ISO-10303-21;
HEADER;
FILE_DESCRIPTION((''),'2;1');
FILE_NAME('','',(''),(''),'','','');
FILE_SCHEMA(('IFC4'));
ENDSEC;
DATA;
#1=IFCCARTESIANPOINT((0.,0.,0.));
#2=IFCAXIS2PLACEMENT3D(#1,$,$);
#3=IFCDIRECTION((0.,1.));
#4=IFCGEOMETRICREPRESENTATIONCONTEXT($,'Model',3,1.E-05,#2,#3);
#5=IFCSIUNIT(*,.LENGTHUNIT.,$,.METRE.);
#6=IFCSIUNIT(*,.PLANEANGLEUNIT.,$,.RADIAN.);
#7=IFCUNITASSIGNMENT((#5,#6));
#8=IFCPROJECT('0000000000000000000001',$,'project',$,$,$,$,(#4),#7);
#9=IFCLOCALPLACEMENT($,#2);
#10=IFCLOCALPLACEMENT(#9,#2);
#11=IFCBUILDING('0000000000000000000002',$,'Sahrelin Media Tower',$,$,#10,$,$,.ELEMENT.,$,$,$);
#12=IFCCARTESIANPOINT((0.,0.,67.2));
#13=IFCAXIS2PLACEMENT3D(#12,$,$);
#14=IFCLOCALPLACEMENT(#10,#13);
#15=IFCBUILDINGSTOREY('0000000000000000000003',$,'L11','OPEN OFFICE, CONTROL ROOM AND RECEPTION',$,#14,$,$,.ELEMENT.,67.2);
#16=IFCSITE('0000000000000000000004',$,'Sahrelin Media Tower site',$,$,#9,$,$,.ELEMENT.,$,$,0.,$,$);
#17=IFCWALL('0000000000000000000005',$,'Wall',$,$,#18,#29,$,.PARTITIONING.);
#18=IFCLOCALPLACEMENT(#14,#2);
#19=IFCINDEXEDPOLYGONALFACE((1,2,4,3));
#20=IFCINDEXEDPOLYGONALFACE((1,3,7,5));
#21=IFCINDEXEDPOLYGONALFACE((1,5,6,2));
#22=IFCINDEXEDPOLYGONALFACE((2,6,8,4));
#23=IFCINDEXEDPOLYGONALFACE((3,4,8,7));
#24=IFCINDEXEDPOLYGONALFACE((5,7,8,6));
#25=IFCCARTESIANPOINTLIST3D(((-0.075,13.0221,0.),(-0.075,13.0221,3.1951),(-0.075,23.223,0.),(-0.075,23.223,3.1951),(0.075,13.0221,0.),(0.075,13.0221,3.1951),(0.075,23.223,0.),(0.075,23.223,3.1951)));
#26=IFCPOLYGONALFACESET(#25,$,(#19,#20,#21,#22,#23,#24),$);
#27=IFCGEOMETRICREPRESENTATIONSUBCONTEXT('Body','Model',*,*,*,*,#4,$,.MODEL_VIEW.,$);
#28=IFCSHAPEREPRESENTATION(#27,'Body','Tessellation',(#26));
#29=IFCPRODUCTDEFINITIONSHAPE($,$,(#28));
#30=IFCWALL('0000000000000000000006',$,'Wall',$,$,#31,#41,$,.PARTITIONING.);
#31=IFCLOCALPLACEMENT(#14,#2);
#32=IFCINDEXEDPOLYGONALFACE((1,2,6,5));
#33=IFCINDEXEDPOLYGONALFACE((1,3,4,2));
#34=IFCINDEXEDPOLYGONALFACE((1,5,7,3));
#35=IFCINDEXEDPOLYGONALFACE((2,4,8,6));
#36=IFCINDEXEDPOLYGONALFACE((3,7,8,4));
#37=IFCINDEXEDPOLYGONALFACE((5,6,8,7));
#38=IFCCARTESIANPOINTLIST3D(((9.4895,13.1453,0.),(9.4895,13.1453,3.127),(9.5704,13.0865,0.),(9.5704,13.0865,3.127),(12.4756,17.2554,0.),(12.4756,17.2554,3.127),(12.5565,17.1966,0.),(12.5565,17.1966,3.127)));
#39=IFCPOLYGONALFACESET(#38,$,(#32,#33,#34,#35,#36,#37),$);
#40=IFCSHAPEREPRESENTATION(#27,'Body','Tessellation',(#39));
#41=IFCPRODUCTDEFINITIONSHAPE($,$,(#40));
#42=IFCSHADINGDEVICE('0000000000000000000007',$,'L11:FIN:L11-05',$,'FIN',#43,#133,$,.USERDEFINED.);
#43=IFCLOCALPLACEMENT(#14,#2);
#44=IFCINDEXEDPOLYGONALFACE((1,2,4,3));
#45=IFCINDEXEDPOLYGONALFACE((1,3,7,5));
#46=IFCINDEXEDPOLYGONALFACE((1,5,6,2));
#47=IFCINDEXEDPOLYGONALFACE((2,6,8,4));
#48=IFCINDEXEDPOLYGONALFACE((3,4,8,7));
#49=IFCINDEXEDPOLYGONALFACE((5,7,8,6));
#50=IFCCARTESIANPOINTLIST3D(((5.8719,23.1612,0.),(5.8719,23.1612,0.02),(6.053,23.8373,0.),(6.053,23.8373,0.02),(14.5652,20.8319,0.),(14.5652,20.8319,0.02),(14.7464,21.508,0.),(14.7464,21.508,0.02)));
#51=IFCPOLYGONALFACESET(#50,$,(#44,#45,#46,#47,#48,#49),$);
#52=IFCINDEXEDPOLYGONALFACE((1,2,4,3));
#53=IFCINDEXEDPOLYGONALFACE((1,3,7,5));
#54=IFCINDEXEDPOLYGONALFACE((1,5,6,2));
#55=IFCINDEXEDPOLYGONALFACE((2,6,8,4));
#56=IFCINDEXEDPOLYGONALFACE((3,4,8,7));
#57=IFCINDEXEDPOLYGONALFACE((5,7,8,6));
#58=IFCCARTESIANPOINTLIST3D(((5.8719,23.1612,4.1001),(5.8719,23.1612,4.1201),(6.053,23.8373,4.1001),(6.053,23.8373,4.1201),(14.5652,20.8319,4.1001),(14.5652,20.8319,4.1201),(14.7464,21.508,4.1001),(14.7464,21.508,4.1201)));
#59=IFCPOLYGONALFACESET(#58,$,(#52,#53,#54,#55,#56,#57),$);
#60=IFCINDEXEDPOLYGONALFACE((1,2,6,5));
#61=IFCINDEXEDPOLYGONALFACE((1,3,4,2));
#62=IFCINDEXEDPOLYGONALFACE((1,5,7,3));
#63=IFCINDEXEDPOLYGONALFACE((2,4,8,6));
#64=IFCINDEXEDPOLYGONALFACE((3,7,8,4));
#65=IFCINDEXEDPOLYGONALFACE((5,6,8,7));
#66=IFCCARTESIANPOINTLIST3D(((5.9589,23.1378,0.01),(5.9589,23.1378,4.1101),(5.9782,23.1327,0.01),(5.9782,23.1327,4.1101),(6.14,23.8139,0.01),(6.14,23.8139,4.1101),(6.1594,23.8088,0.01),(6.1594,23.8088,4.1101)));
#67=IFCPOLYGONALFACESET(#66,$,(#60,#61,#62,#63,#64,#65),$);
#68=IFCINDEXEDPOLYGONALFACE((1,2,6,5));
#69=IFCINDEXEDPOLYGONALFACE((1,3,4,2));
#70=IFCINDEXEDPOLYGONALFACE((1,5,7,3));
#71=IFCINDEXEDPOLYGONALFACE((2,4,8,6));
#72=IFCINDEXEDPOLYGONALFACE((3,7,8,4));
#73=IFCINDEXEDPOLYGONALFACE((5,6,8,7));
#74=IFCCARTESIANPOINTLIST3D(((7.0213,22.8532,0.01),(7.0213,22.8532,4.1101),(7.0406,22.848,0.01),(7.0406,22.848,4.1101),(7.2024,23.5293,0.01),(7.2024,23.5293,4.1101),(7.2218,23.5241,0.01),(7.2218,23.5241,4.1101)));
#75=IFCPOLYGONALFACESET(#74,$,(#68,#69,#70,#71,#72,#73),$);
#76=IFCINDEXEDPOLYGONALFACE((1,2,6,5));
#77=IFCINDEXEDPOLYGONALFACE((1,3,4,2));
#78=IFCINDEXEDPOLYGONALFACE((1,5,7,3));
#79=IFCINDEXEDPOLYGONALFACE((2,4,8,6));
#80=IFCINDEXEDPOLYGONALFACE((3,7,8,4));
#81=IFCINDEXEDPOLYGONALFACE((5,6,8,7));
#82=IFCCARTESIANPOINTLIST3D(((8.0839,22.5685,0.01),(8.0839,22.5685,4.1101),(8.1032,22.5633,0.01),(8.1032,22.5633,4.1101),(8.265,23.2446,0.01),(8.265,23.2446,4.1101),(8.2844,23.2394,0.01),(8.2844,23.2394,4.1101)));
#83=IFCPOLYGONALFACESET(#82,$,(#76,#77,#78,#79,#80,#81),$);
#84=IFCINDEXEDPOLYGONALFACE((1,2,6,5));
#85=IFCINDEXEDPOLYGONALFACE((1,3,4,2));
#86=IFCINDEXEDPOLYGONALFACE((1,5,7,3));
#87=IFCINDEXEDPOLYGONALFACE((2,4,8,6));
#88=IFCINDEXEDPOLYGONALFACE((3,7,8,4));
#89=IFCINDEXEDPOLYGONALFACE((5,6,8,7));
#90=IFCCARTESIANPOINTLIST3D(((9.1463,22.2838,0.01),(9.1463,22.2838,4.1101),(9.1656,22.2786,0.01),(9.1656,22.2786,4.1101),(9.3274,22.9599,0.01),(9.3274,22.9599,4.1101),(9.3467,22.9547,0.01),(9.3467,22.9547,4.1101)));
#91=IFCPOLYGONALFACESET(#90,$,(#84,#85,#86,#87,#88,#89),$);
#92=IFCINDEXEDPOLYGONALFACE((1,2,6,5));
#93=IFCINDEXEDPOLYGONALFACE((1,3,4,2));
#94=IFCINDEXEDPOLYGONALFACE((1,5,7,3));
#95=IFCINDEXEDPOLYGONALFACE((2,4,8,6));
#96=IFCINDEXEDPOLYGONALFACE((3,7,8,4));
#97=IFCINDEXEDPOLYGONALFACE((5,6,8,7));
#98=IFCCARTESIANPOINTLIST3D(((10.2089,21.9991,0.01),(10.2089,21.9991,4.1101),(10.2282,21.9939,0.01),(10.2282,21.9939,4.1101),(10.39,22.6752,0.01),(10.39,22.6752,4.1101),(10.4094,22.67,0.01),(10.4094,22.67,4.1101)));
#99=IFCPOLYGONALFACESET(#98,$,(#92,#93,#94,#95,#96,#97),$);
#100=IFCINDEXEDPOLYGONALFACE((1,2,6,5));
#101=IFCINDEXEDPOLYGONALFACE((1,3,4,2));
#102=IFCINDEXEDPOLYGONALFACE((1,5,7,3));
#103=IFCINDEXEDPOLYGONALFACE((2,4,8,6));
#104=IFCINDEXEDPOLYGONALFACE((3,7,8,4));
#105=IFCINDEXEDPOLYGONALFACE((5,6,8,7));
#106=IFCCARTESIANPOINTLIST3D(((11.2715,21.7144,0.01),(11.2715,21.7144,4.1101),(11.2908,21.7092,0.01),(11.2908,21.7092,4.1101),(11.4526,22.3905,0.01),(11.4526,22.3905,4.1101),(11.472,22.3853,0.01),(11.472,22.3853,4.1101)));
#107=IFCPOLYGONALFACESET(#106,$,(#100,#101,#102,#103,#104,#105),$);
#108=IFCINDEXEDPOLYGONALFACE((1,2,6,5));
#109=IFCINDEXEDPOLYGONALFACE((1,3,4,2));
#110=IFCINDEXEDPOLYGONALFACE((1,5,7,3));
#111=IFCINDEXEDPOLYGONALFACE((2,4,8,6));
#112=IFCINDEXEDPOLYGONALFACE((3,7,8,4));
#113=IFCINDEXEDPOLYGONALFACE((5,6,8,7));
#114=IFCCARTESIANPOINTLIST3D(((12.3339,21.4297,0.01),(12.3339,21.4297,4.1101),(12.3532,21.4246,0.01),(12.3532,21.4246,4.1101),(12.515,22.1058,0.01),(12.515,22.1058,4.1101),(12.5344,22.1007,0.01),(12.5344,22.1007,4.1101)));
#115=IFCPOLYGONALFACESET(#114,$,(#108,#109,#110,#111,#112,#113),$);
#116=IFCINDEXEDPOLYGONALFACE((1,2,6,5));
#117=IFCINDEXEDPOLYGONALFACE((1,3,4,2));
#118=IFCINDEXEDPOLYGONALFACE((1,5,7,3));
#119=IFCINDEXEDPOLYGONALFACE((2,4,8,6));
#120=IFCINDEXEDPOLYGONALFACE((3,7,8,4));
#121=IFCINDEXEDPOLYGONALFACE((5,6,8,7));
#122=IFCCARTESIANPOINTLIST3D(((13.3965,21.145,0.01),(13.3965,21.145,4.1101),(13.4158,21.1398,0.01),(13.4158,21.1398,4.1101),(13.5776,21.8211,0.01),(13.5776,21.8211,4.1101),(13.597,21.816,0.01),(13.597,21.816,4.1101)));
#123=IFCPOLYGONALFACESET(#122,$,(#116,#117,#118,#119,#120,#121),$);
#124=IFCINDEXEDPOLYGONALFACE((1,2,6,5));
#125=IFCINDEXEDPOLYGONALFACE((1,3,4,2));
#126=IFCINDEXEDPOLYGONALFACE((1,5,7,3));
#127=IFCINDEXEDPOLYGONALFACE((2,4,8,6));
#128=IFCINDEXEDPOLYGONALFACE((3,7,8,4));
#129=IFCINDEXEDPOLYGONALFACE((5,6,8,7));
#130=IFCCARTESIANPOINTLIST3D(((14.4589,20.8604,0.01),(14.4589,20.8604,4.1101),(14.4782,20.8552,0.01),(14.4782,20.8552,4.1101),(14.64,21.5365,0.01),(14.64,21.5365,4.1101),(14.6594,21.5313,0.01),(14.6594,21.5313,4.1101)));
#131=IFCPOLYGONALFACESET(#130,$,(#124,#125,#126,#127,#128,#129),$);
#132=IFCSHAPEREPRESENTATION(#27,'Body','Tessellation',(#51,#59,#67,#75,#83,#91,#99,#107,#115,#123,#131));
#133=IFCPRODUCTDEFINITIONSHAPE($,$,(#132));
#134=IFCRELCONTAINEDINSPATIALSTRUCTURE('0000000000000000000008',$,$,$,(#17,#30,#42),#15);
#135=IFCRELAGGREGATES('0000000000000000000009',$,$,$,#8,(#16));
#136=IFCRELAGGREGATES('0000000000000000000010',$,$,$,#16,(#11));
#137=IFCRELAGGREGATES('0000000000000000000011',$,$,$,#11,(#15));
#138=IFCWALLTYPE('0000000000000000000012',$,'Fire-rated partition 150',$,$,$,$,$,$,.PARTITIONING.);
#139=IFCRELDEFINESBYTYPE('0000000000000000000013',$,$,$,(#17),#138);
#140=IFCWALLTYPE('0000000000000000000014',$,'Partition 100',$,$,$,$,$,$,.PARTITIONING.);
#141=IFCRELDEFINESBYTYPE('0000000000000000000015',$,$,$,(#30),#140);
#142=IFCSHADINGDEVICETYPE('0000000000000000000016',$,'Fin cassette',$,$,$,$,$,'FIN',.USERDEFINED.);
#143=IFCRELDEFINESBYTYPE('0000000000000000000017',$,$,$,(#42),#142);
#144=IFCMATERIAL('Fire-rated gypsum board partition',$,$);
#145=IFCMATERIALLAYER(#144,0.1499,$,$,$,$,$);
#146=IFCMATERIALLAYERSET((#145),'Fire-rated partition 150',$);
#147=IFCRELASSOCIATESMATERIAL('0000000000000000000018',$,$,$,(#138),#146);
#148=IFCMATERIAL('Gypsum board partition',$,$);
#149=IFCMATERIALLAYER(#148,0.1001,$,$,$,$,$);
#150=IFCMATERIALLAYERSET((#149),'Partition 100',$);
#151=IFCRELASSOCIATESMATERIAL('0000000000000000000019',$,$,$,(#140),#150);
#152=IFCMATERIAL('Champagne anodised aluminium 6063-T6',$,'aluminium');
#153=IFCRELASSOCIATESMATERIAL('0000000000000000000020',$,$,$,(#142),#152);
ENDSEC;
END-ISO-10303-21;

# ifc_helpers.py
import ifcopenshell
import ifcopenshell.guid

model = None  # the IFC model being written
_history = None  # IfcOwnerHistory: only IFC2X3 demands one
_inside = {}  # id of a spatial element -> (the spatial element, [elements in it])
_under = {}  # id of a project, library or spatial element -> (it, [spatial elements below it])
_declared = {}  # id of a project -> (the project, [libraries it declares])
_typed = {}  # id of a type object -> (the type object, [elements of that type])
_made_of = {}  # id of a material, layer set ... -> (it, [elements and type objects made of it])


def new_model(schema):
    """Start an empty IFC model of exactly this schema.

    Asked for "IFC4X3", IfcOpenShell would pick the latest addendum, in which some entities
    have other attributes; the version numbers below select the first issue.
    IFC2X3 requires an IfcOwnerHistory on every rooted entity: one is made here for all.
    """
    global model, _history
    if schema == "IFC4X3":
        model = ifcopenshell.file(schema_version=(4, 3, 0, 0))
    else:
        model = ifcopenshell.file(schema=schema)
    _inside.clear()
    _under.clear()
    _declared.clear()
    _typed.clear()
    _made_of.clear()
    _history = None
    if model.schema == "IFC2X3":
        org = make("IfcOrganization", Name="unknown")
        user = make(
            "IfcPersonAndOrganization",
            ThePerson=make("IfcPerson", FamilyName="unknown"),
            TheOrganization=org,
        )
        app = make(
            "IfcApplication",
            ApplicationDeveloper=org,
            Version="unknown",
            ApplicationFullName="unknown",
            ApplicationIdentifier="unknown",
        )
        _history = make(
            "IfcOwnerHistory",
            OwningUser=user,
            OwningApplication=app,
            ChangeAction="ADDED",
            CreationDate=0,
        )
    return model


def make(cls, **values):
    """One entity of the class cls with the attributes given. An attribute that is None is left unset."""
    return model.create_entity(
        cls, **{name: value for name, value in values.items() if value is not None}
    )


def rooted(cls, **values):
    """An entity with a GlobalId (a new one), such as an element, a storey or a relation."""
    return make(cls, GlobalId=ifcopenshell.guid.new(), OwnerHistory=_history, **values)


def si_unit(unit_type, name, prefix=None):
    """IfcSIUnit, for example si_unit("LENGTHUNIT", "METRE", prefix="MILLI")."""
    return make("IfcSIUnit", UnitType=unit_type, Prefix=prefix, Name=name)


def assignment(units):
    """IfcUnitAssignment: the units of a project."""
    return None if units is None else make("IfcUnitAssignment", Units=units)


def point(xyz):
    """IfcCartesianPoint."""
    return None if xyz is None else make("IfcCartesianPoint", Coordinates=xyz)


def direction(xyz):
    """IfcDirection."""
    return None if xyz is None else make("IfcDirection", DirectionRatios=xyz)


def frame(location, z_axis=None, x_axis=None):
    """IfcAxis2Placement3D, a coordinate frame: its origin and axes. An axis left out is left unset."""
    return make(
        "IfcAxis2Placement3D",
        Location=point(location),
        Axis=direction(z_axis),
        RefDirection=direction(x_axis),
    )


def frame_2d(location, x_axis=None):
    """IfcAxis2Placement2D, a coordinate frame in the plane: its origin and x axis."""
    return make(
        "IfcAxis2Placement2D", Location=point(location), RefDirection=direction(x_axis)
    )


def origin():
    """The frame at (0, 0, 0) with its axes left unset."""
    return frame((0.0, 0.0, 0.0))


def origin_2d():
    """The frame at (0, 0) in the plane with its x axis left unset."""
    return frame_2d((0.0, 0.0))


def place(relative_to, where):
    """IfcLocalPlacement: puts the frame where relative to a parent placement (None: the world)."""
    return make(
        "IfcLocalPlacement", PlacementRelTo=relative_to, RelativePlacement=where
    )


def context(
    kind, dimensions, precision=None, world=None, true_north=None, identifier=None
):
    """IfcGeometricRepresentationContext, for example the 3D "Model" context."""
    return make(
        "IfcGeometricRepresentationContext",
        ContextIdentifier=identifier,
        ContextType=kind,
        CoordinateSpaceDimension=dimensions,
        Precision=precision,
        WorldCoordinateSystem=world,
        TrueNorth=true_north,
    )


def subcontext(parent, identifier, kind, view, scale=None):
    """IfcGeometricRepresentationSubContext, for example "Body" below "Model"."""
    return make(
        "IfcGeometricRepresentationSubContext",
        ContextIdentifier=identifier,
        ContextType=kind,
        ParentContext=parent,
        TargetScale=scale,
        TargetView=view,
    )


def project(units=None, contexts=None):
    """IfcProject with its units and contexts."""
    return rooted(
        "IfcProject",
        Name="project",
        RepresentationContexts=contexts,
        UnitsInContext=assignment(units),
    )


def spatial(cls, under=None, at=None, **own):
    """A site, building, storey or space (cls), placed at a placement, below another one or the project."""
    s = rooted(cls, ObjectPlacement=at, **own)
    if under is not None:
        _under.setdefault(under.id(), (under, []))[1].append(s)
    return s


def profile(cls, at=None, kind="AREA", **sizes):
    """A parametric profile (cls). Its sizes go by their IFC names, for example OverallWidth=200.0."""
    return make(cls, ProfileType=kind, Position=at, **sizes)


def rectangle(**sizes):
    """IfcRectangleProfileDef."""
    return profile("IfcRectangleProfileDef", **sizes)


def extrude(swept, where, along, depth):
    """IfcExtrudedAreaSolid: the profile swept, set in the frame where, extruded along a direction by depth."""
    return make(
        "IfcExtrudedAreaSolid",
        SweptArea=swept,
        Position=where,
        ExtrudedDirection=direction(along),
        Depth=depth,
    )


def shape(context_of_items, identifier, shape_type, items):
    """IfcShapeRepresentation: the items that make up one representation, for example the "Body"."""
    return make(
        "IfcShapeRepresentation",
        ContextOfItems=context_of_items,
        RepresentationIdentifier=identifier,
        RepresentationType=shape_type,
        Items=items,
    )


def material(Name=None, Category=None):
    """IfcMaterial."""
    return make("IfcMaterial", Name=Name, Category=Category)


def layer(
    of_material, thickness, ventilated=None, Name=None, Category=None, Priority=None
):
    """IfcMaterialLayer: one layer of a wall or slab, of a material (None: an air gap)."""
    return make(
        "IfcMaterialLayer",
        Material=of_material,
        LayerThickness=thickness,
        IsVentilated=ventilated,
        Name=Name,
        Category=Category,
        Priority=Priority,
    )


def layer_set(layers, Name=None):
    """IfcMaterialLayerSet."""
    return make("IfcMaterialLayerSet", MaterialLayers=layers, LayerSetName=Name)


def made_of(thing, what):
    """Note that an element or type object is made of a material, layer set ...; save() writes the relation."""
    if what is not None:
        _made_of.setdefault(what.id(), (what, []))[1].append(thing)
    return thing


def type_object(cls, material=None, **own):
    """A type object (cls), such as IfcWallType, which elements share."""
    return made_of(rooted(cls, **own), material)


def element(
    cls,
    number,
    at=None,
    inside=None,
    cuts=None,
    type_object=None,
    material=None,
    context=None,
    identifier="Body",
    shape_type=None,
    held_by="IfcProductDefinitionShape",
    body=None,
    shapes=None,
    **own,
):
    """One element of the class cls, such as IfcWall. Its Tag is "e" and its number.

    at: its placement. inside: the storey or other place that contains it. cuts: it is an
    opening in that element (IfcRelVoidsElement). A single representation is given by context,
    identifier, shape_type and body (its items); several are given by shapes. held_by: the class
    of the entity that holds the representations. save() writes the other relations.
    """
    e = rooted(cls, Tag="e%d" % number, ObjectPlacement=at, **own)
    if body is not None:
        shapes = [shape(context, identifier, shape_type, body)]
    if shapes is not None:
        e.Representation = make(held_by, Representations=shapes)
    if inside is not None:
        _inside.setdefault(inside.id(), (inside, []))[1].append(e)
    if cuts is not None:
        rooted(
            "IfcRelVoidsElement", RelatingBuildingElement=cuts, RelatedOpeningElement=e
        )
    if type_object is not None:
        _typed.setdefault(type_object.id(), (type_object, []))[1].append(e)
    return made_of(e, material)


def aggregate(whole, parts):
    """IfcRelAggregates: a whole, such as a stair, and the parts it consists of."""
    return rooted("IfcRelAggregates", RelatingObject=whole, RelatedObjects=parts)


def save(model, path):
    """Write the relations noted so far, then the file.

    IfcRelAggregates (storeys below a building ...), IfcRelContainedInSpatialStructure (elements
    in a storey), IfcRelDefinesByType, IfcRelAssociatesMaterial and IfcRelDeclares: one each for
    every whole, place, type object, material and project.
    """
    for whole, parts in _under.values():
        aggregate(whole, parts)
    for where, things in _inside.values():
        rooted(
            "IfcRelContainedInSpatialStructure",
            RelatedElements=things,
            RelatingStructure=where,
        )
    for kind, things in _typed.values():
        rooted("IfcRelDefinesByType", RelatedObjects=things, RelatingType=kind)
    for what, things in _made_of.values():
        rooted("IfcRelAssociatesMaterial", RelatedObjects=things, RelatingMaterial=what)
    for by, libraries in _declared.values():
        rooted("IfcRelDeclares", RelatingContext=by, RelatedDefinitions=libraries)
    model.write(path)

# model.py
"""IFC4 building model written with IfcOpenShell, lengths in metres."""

from ifc_helpers import new_model, si_unit, direction, frame, frame_2d, origin, origin_2d, place, context, subcontext, project, spatial, rectangle, extrude, material, layer, layer_set, type_object, element, save


model = new_model("IFC4")

# Units and contexts
model_context = context("Model", 3, precision=1e-05, world=origin(), true_north=direction((0.0, 1.0)))
body_context = subcontext(model_context, "Body", "Model", "MODEL_VIEW")
ifc_project = project(units=[si_unit("LENGTHUNIT", "METRE"), si_unit("PLANEANGLEUNIT", "RADIAN")], contexts=[model_context])

# Site, building, storey
site_placement = place(None, origin())
site = spatial("IfcSite", under=ifc_project, at=site_placement, Name="Sahrelin Media Tower site", CompositionType="ELEMENT", RefElevation=0.0)
building_placement = place(site_placement, origin())
building = spatial("IfcBuilding", under=site, at=building_placement, Name="Sahrelin Media Tower", CompositionType="ELEMENT")
storey_placement = place(building_placement, frame((0.0, 0.0, 67.2)))
storey = spatial("IfcBuildingStorey", under=building, at=storey_placement, Name="L11", Description="OPEN OFFICE, CONTROL ROOM AND RECEPTION", CompositionType="ELEMENT", Elevation=67.2)

# Shared definitions
ifc_material_1 = material(Name="Champagne anodised aluminium 6063-T6", Category="aluminium")

# Walls
ifc_material_2 = material(Name="Fire-rated gypsum board partition")
ifc_layer_1 = layer(ifc_material_2, 0.1499)
ifc_layer_set_1 = layer_set([ifc_layer_1], Name="Fire-rated partition 150")
wall_type_1 = type_object("IfcWallType", Name="Fire-rated partition 150", PredefinedType="PARTITIONING", material=ifc_layer_set_1)
wall_1_placement = place(storey_placement, frame((0.0, 13.022, 0.0), z_axis=(0.0, 0.0, 1.0), x_axis=(0.0, 1.0, 0.0)))
element("IfcWall", 1, at=wall_1_placement, inside=storey, type_object=wall_type_1, Name="Wall", PredefinedType="PARTITIONING", context=body_context, shape_type="SweptSolid", body=[
    extrude(rectangle(XDim=10.2009, YDim=0.1499, at=frame_2d((5.1006, 0.0))), origin(), (0.0, 0.0, 1.0), 3.1951),
])
ifc_material_3 = material(Name="Gypsum board partition")
ifc_layer_2 = layer(ifc_material_3, 0.1001)
ifc_layer_set_2 = layer_set([ifc_layer_2], Name="Partition 100")
wall_type_2 = type_object("IfcWallType", Name="Partition 100", PredefinedType="PARTITIONING", material=ifc_layer_set_2)
wall_2_placement = place(storey_placement, frame((9.53, 13.116, 0.0), z_axis=(0.0, 0.0, 1.0), x_axis=(0.587774, 0.809025, 0.0)))
element("IfcWall", 2, at=wall_2_placement, inside=storey, type_object=wall_type_2, Name="Wall", PredefinedType="PARTITIONING", context=body_context, shape_type="SweptSolid", body=[
    extrude(rectangle(XDim=5.0803, YDim=0.1001, at=frame_2d((2.54, 0.0))), origin(), (0.0, 0.0, 1.0), 3.127),
])

# Shading device
shading_device_type_1 = type_object("IfcShadingDeviceType", Name="Fin cassette", ElementType="FIN", PredefinedType="USERDEFINED", material=ifc_material_1)
placement_1 = place(storey_placement, frame((10.2004, 21.929, 0.0), z_axis=(0.0, 0.0, 1.0), x_axis=(0.965929, -0.258808, 0.0)))
element("IfcShadingDevice", 3, at=placement_1, inside=storey, type_object=shading_device_type_1, Name="L11:FIN:L11-05", ObjectType="FIN", PredefinedType="USERDEFINED", context=body_context, shape_type="SweptSolid", body=[
    extrude(rectangle(XDim=9.0, YDim=0.7, at=origin_2d()), frame((0.0, 0.4199, 0.0)), (0.0, 0.0, 1.0), 0.02),
    extrude(rectangle(XDim=9.0, YDim=0.7, at=origin_2d()), frame((0.0, 0.4199, 4.1001)), (0.0, 0.0, 1.0), 0.02),
    extrude(rectangle(XDim=0.02, YDim=0.7, at=origin_2d()), frame((-4.3999, 0.4199, 0.01), z_axis=(0.0, 0.0, 1.0), x_axis=(1.0, 0.0, 0.0)), (0.0, 0.0, 1.0), 4.1001),
    extrude(rectangle(XDim=0.02, YDim=0.7, at=origin_2d()), frame((-3.3, 0.4199, 0.01), z_axis=(0.0, 0.0, 1.0), x_axis=(1.0, 0.0, 0.0)), (0.0, 0.0, 1.0), 4.1001),
    extrude(rectangle(XDim=0.02, YDim=0.7, at=origin_2d()), frame((-2.2, 0.4199, 0.01), z_axis=(0.0, 0.0, 1.0), x_axis=(1.0, 0.0, 0.0)), (0.0, 0.0, 1.0), 4.1001),
    extrude(rectangle(XDim=0.02, YDim=0.7, at=origin_2d()), frame((-1.1001, 0.4199, 0.01), z_axis=(0.0, 0.0, 1.0), x_axis=(1.0, 0.0, 0.0)), (0.0, 0.0, 1.0), 4.1001),
    extrude(rectangle(XDim=0.02, YDim=0.7, at=origin_2d()), frame((0.0, 0.4199, 0.01), z_axis=(0.0, 0.0, 1.0), x_axis=(1.0, 0.0, 0.0)), (0.0, 0.0, 1.0), 4.1001),
    extrude(rectangle(XDim=0.02, YDim=0.7, at=origin_2d()), frame((1.1001, 0.4199, 0.01), z_axis=(0.0, 0.0, 1.0), x_axis=(1.0, 0.0, 0.0)), (0.0, 0.0, 1.0), 4.1001),
    extrude(rectangle(XDim=0.02, YDim=0.7, at=origin_2d()), frame((2.2, 0.4199, 0.01), z_axis=(0.0, 0.0, 1.0), x_axis=(1.0, 0.0, 0.0)), (0.0, 0.0, 1.0), 4.1001),
    extrude(rectangle(XDim=0.02, YDim=0.7, at=origin_2d()), frame((3.3, 0.4199, 0.01), z_axis=(0.0, 0.0, 1.0), x_axis=(1.0, 0.0, 0.0)), (0.0, 0.0, 1.0), 4.1001),
    extrude(rectangle(XDim=0.02, YDim=0.7, at=origin_2d()), frame((4.3999, 0.4199, 0.01), z_axis=(0.0, 0.0, 1.0), x_axis=(1.0, 0.0, 0.0)), (0.0, 0.0, 1.0), 4.1001),
])

save(model, "model.ifc")
